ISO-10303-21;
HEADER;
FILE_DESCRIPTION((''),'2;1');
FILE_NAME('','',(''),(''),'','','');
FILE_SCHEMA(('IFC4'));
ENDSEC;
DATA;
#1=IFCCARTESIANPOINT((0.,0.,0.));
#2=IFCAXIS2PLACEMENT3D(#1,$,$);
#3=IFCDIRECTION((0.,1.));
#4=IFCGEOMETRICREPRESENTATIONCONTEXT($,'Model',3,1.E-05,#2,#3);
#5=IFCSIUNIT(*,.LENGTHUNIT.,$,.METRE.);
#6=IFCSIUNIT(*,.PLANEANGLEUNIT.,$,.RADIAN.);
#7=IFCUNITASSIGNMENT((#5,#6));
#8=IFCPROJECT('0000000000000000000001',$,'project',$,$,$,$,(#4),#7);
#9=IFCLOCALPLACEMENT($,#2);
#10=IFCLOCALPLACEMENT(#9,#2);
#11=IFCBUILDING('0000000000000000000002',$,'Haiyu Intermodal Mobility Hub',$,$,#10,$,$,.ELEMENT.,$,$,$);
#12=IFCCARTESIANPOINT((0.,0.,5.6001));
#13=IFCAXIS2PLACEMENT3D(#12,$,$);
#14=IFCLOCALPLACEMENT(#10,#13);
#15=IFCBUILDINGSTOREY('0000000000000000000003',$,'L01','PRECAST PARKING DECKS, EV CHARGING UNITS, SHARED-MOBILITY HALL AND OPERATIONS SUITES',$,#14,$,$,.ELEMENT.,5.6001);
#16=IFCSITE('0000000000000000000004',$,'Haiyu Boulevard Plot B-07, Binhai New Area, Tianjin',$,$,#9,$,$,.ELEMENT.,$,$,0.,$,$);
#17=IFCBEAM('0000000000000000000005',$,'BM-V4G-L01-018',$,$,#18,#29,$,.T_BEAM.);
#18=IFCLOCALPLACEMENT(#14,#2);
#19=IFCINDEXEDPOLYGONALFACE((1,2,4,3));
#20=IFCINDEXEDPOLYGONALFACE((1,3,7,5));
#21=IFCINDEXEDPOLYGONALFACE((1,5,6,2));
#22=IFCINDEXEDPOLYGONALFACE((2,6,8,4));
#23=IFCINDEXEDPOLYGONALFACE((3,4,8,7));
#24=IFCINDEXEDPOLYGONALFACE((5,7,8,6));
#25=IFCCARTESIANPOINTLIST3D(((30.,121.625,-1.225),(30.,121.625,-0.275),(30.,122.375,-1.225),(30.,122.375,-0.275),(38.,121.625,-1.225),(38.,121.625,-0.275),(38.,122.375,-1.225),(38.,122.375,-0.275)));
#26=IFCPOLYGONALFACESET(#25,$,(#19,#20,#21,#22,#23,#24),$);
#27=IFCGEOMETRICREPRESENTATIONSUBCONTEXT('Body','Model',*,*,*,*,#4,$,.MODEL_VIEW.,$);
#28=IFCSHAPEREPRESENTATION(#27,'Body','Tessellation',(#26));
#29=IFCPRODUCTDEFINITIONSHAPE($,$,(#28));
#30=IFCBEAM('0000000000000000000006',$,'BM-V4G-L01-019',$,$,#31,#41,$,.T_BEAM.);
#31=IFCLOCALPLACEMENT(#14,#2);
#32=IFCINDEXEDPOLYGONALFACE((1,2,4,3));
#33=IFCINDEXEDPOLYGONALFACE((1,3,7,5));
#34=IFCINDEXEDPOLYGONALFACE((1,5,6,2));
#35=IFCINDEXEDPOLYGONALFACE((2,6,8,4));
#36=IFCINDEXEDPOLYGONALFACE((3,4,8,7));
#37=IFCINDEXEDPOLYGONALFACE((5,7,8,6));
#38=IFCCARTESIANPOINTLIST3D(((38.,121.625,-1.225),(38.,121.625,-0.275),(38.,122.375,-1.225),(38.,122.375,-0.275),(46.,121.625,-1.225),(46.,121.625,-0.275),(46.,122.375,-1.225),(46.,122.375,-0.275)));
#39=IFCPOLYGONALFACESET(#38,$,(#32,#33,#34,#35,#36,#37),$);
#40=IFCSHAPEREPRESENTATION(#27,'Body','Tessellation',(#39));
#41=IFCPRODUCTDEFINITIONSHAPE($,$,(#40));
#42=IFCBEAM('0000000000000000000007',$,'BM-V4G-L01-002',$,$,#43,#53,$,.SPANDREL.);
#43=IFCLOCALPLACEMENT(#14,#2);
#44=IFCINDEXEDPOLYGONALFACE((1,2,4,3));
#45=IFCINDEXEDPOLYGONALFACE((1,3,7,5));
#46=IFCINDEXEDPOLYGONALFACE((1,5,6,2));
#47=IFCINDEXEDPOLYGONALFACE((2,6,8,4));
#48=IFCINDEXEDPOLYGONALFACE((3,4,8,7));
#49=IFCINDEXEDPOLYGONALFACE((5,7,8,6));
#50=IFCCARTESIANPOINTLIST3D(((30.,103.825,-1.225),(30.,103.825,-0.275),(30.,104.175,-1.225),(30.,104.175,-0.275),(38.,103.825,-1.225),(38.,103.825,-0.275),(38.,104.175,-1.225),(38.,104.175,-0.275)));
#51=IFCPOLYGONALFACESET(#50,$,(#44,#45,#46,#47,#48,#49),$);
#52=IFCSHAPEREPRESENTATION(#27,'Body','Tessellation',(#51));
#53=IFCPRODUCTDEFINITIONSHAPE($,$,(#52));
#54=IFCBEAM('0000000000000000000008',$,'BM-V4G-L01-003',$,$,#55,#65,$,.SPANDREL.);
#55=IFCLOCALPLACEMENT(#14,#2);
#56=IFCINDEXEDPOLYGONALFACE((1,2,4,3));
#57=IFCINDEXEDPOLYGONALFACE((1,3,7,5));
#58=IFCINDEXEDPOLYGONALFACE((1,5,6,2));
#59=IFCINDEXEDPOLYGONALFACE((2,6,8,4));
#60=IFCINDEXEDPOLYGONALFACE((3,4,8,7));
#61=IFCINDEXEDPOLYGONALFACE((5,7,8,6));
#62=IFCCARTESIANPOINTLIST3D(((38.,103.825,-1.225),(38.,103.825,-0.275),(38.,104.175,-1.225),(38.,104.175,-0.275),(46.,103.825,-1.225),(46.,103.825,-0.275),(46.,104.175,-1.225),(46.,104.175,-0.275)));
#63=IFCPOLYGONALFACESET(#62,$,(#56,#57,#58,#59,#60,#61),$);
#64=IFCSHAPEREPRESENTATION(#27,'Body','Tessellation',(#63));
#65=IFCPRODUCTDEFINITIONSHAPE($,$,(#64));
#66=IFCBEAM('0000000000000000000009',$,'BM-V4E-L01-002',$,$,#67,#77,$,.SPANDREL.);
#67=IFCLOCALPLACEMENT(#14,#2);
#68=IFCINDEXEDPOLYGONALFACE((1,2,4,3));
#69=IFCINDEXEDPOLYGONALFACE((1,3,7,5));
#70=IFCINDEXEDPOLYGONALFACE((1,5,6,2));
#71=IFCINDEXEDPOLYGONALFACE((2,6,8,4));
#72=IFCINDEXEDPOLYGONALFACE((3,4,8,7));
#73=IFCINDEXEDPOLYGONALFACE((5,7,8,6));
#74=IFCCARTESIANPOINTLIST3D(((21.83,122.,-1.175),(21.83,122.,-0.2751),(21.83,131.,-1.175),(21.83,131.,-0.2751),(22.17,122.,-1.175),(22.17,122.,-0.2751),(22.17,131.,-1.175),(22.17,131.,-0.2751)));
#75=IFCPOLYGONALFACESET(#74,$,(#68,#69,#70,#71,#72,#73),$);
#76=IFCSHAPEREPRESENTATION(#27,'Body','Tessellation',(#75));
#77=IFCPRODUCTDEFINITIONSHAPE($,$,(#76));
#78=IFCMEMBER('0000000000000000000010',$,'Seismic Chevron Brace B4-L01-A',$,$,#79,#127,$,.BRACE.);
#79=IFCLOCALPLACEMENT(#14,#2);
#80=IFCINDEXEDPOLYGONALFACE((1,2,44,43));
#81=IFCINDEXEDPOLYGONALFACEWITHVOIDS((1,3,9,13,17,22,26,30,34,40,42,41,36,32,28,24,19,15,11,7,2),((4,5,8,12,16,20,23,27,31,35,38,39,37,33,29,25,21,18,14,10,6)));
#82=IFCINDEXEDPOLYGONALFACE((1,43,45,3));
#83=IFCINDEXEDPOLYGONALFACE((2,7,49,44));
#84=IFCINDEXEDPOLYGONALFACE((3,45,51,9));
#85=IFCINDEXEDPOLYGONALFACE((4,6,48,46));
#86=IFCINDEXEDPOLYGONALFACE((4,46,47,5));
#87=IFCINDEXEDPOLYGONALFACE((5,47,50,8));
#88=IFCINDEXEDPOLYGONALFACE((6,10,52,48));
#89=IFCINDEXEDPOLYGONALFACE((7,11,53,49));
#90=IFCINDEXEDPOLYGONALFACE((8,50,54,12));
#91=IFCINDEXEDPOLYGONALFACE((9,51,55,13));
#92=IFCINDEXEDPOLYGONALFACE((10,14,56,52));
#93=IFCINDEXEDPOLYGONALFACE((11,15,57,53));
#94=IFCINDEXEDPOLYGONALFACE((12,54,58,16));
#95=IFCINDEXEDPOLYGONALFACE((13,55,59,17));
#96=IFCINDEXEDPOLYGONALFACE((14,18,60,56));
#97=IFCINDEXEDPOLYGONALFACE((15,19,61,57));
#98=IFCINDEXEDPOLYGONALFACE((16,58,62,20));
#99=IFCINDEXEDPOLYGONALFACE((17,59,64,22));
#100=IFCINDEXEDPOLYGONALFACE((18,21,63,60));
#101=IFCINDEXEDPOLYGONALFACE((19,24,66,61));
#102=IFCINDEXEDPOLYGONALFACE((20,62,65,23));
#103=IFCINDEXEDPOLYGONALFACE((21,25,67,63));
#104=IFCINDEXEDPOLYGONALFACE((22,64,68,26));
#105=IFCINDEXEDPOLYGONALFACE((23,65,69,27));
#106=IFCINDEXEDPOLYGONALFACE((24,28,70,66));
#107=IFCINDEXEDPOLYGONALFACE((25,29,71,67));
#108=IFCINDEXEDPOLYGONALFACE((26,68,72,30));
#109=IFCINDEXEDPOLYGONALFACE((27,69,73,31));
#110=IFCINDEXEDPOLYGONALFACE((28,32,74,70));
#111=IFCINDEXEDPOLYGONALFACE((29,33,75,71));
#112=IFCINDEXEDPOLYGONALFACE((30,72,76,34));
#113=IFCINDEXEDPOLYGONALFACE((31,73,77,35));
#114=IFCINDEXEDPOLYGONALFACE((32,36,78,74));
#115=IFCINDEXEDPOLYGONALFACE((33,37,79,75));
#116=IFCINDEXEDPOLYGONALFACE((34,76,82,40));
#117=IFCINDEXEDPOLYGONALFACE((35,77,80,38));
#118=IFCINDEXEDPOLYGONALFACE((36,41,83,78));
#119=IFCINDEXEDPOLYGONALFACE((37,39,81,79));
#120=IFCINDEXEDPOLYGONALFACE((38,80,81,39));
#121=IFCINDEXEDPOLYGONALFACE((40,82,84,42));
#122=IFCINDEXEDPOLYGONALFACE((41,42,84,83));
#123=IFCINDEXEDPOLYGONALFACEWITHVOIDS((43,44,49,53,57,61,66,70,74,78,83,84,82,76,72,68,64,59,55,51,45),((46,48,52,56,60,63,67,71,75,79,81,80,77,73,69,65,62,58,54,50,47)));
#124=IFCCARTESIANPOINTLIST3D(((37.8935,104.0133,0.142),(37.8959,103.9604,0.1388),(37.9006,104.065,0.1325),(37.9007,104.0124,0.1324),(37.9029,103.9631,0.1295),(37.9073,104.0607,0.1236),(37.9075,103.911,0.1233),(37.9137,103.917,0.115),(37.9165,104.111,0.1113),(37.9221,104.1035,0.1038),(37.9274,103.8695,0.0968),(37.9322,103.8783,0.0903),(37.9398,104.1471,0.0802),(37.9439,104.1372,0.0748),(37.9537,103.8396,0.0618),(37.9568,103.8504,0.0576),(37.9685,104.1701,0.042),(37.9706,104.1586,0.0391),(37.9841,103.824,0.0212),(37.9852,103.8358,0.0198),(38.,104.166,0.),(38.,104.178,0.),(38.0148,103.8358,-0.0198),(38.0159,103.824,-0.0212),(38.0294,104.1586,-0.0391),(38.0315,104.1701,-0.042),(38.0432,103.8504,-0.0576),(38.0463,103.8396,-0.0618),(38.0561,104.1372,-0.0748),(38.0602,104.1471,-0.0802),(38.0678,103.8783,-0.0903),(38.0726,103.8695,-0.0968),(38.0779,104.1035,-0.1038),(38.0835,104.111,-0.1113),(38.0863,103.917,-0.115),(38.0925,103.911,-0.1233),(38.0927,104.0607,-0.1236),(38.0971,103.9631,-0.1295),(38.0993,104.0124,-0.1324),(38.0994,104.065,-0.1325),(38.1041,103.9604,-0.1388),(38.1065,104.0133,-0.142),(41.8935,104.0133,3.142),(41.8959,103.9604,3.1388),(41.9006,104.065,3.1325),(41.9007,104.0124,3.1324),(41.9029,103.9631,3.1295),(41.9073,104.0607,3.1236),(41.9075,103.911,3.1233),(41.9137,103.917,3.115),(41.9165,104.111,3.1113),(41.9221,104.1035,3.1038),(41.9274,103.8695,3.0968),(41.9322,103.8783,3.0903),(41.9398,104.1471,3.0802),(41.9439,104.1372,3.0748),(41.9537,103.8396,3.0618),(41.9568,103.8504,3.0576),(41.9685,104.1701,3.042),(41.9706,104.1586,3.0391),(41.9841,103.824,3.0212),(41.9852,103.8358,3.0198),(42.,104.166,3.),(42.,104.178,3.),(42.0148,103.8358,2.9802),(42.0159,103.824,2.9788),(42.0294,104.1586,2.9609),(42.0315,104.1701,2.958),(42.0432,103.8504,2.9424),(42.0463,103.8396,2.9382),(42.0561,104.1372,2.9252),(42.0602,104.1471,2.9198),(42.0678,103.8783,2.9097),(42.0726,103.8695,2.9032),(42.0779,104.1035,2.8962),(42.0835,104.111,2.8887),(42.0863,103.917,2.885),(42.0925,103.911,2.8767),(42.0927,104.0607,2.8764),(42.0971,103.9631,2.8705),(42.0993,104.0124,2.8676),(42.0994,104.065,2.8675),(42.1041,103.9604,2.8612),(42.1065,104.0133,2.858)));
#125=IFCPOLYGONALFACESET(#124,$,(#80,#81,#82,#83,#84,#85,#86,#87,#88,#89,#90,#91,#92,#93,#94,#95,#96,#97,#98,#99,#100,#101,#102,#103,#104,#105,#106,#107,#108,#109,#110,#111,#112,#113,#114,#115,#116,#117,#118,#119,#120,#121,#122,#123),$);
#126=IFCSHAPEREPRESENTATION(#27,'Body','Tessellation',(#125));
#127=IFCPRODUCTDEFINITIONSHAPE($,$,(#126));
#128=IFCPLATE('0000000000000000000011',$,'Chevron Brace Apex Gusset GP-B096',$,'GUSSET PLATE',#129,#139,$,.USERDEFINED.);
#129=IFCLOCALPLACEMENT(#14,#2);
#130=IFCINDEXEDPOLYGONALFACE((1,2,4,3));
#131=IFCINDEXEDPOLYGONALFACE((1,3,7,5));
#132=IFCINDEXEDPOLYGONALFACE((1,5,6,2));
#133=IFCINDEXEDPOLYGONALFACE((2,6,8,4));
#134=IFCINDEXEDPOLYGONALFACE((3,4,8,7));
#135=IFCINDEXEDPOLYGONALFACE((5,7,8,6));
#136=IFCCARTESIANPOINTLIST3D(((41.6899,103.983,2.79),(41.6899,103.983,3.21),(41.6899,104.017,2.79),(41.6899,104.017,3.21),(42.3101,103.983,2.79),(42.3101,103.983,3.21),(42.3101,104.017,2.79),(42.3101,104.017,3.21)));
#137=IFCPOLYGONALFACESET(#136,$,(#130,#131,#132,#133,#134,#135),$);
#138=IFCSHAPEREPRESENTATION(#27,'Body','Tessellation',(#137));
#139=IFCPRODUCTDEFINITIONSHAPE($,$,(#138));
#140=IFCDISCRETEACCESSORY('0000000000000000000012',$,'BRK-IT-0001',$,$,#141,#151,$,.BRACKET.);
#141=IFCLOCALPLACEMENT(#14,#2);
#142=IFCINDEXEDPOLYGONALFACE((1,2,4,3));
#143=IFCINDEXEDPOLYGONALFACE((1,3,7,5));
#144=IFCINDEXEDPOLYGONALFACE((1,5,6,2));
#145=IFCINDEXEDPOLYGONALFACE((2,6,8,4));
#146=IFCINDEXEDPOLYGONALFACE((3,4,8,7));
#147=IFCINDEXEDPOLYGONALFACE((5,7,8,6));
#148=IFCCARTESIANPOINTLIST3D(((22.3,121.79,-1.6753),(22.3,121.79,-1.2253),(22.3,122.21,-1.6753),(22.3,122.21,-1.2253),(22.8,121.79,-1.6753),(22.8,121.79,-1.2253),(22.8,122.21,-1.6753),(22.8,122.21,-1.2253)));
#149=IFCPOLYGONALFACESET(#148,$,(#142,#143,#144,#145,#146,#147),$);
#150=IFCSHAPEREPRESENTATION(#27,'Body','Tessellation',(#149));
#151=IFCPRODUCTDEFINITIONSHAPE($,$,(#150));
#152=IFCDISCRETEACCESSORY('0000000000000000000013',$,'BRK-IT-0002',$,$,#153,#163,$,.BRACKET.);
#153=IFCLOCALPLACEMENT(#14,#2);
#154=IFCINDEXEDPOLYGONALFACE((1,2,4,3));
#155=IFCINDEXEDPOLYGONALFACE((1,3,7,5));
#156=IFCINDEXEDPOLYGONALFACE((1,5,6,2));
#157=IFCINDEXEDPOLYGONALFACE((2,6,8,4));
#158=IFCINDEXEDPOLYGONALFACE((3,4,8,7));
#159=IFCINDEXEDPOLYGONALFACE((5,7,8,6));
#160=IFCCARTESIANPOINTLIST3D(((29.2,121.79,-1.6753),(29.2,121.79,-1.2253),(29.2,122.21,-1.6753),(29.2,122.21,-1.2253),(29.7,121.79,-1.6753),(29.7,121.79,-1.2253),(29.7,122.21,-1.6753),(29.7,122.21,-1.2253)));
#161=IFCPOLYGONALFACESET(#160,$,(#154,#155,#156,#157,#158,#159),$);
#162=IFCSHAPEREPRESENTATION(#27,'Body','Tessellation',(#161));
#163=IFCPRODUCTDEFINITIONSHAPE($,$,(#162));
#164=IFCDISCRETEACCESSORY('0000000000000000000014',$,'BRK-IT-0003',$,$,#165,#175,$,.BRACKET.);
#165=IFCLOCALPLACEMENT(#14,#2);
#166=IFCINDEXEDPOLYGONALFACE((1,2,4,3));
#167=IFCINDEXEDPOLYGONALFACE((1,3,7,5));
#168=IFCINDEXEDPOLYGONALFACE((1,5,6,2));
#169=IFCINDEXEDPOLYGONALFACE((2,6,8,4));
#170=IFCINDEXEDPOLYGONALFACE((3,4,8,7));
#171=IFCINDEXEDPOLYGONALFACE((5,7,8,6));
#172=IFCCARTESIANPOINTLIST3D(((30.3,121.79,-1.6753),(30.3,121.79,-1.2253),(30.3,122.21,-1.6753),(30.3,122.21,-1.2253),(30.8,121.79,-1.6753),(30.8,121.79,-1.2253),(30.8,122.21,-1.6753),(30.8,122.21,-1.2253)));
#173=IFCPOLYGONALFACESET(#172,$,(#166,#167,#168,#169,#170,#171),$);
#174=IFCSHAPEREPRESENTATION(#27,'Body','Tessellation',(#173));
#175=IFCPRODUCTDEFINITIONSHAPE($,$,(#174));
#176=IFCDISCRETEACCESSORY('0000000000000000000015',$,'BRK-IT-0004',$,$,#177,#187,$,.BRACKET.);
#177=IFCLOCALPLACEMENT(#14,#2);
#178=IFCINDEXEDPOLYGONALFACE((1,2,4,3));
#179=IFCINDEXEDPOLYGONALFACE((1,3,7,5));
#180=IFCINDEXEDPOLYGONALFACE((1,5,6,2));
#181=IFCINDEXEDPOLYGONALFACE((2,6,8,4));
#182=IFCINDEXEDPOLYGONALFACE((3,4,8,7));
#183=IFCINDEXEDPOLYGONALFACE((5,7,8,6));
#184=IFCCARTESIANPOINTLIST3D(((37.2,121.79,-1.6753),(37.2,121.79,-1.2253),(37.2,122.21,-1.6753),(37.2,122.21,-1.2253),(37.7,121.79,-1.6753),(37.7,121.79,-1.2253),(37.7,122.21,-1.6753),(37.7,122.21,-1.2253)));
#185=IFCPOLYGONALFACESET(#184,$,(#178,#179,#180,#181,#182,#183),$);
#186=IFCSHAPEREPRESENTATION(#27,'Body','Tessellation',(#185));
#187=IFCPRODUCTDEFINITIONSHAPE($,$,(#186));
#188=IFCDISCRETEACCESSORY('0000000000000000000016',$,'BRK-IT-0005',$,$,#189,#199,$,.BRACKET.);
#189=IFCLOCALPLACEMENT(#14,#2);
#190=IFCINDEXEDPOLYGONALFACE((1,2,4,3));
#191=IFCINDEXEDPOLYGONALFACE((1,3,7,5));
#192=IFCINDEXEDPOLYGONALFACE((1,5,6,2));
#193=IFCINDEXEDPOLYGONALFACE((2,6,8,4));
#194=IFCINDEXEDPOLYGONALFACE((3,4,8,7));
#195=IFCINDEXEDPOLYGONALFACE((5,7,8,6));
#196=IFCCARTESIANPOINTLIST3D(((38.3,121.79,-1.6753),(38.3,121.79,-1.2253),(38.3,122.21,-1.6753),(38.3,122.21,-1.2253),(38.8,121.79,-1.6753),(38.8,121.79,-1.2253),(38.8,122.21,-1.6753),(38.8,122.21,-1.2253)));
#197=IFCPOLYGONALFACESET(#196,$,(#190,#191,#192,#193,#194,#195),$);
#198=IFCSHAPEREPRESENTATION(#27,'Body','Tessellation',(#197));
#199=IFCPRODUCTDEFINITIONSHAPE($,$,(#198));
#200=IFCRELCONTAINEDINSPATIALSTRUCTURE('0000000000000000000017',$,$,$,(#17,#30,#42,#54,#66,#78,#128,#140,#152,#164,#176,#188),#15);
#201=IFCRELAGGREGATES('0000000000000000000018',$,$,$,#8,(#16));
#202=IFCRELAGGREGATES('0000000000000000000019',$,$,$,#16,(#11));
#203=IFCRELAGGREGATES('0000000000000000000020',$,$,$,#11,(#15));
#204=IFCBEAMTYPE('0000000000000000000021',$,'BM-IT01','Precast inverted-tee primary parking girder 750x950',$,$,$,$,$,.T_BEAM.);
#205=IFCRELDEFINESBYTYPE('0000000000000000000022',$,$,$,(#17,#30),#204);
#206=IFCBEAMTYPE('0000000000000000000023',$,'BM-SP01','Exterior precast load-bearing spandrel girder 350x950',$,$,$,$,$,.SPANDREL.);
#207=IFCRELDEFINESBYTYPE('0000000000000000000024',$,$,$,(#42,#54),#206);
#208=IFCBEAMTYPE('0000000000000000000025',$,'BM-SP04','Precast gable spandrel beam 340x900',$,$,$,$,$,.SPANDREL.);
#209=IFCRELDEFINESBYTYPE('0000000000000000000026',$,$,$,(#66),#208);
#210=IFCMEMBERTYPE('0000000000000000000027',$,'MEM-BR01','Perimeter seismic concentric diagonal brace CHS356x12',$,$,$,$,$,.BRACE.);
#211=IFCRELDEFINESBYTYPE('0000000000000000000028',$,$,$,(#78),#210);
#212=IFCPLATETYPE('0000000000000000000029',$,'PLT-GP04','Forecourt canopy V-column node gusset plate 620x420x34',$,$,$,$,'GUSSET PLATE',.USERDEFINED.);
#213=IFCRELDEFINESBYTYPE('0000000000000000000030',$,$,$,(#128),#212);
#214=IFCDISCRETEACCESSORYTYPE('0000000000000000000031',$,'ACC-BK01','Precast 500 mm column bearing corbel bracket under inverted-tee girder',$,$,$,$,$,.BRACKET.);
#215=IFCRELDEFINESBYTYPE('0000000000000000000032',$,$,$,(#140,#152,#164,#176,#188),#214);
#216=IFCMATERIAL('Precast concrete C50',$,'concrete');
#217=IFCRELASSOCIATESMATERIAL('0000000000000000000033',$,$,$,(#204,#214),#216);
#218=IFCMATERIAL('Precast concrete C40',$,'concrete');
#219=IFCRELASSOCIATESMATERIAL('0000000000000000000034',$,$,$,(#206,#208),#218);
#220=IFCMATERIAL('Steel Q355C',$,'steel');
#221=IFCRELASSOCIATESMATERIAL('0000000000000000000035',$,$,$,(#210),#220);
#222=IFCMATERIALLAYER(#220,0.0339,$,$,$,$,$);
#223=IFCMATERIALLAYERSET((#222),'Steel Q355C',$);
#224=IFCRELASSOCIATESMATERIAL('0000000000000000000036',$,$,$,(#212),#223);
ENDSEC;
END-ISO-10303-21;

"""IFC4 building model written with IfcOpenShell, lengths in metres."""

from ifc_helpers import new_model, si_unit, direction, frame, origin, origin_2d, place, context, subcontext, project, spatial, rectangle, hollow_circle, extrude, material, layer, layer_set, material_profile, profile_set, type_object, element, save


model = new_model("IFC4")

# Units and contexts
model_context = context("Model", 3, precision=1e-05, world=origin(), true_north=direction((0.0, 1.0)))
body_context = subcontext(model_context, "Body", "Model", "MODEL_VIEW")
ifc_project = project(units=[si_unit("LENGTHUNIT", "METRE"), si_unit("PLANEANGLEUNIT", "RADIAN")], contexts=[model_context])

# Site, building, storey
site_placement = place(None, origin())
site = spatial("IfcSite", under=ifc_project, at=site_placement, Name="Haiyu Boulevard Plot B-07, Binhai New Area, Tianjin", CompositionType="ELEMENT", RefElevation=0.0)
building_placement = place(site_placement, origin())
building = spatial("IfcBuilding", under=site, at=building_placement, Name="Haiyu Intermodal Mobility Hub", CompositionType="ELEMENT")
storey_placement = place(building_placement, frame((0.0, 0.0, 5.6001)))
storey = spatial("IfcBuildingStorey", under=building, at=storey_placement, Name="L01", Description="PRECAST PARKING DECKS, EV CHARGING UNITS, SHARED-MOBILITY HALL AND OPERATIONS SUITES", CompositionType="ELEMENT", Elevation=5.6001)

# Shared definitions
ifc_material_1 = material(Name="Precast concrete C40", Category="concrete")

# Beams
ifc_material_2 = material(Name="Precast concrete C50", Category="concrete")
ifc_material_profile_1 = material_profile(ifc_material_2, rectangle(XDim=0.75, YDim=0.95, at=origin_2d()), Name="PC750x950")
ifc_profile_set_1 = profile_set([ifc_material_profile_1], Name="Precast concrete C50")
beam_type_1 = type_object("IfcBeamType", Name="BM-IT01", Description="Precast inverted-tee primary parking girder 750x950", PredefinedType="T_BEAM", material=ifc_profile_set_1)
for number, where, z_axis, x_axis, name in (
    (1, (30.0, 122.0, -0.75), (1.0, 0.0, 0.0), (0.0, 1.0, 0.0), "BM-V4G-L01-018"),
    (2, (38.0, 122.0, -0.75), (1.0, 0.0, 0.0), (0.0, 1.0, 0.0), "BM-V4G-L01-019"),
):
    element("IfcBeam", number, at=place(storey_placement, frame(where, z_axis=z_axis, x_axis=x_axis)), inside=storey, type_object=beam_type_1, Name=name, PredefinedType="T_BEAM", context=body_context, shape_type="SweptSolid", body=[
        extrude(rectangle(XDim=0.75, YDim=0.95, at=origin_2d()), origin(), (0.0, 0.0, 1.0), 8.0),
    ])
ifc_material_profile_2 = material_profile(ifc_material_1, rectangle(XDim=0.3501, YDim=0.95, at=origin_2d()), Name="PC350x950")
ifc_profile_set_2 = profile_set([ifc_material_profile_2], Name="Precast concrete C40")
beam_type_2 = type_object("IfcBeamType", Name="BM-SP01", Description="Exterior precast load-bearing spandrel girder 350x950", PredefinedType="SPANDREL", material=ifc_profile_set_2)
for number, where, z_axis, x_axis, name in (
    (3, (30.0, 104.0, -0.75), (1.0, 0.0, 0.0), (0.0, 1.0, 0.0), "BM-V4G-L01-002"),
    (4, (38.0, 104.0, -0.75), (1.0, 0.0, 0.0), (0.0, 1.0, 0.0), "BM-V4G-L01-003"),
):
    element("IfcBeam", number, at=place(storey_placement, frame(where, z_axis=z_axis, x_axis=x_axis)), inside=storey, type_object=beam_type_2, Name=name, PredefinedType="SPANDREL", context=body_context, shape_type="SweptSolid", body=[
        extrude(rectangle(XDim=0.3501, YDim=0.95, at=origin_2d()), origin(), (0.0, 0.0, 1.0), 8.0),
    ])
ifc_material_profile_3 = material_profile(ifc_material_1, rectangle(XDim=0.3401, YDim=0.8999, at=origin_2d()), Name="B340x900")
ifc_profile_set_3 = profile_set([ifc_material_profile_3], Name="Precast concrete C40")
beam_type_3 = type_object("IfcBeamType", Name="BM-SP04", Description="Precast gable spandrel beam 340x900", PredefinedType="SPANDREL", material=ifc_profile_set_3)
beam_1_placement = place(storey_placement, frame((22.0, 122.0, -0.7251), z_axis=(0.0, 1.0, 0.0), x_axis=(-1.0, 0.0, 0.0)))
element("IfcBeam", 5, at=beam_1_placement, inside=storey, type_object=beam_type_3, Name="BM-V4E-L01-002", PredefinedType="SPANDREL", context=body_context, shape_type="SweptSolid", body=[
    extrude(rectangle(XDim=0.3401, YDim=0.8999, at=origin_2d()), origin(), (0.0, 0.0, 1.0), 9.0),
])

# Member
ifc_material_3 = material(Name="Steel Q355C", Category="steel")
ifc_material_profile_4 = material_profile(ifc_material_3, hollow_circle(Radius=0.178, WallThickness=0.012, at=origin_2d()), Name="CHS356x12")
ifc_profile_set_4 = profile_set([ifc_material_profile_4], Name="Steel Q355C")
member_type = type_object("IfcMemberType", Name="MEM-BR01", Description="Perimeter seismic concentric diagonal brace CHS356x12", PredefinedType="BRACE", material=ifc_profile_set_4)
member_placement = place(storey_placement, frame((38.0, 104.0, 0.0), z_axis=(0.8, 0.0, 0.6), x_axis=(0.0, 1.0, 0.0)))
element("IfcMember", 6, at=member_placement, inside=storey, type_object=member_type, Name="Seismic Chevron Brace B4-L01-A", PredefinedType="BRACE", context=body_context, shape_type="SweptSolid", body=[
    extrude(hollow_circle(Radius=0.178, WallThickness=0.012, at=origin_2d()), origin(), (0.0, 0.0, 1.0), 5.0),
])

# Plate
ifc_layer = layer(ifc_material_3, 0.0339)
ifc_layer_set = layer_set([ifc_layer], Name="Steel Q355C")
plate_type = type_object("IfcPlateType", Name="PLT-GP04", Description="Forecourt canopy V-column node gusset plate 620x420x34", ElementType="GUSSET PLATE", PredefinedType="USERDEFINED", material=ifc_layer_set)
plate_placement = place(storey_placement, frame((42.0, 104.0, 2.79), z_axis=(0.0, 0.0, 1.0), x_axis=(1.0, 0.0, 0.0)))
element("IfcPlate", 7, at=plate_placement, inside=storey, type_object=plate_type, Name="Chevron Brace Apex Gusset GP-B096", ObjectType="GUSSET PLATE", PredefinedType="USERDEFINED", context=body_context, shape_type="SweptSolid", body=[
    extrude(rectangle(XDim=0.6201, YDim=0.0339, at=origin_2d()), origin(), (0.0, 0.0, 1.0), 0.4199),
])

# Discrete accessories
discrete_accessory_type_1 = type_object("IfcDiscreteAccessoryType", Name="ACC-BK01", Description="Precast 500 mm column bearing corbel bracket under inverted-tee girder", PredefinedType="BRACKET", material=ifc_material_2)
for number, where, z_axis, x_axis, name in (
    (8, (22.55, 122.0, -1.6753), (0.0, 0.0, 1.0), (1.0, 0.0, 0.0), "BRK-IT-0001"),
    (9, (29.45, 122.0, -1.6753), (0.0, 0.0, 1.0), (1.0, 0.0, 0.0), "BRK-IT-0002"),
    (10, (30.55, 122.0, -1.6753), (0.0, 0.0, 1.0), (1.0, 0.0, 0.0), "BRK-IT-0003"),
    (11, (37.45, 122.0, -1.6753), (0.0, 0.0, 1.0), (1.0, 0.0, 0.0), "BRK-IT-0004"),
    (12, (38.55, 122.0, -1.6753), (0.0, 0.0, 1.0), (1.0, 0.0, 0.0), "BRK-IT-0005"),
):
    element("IfcDiscreteAccessory", number, at=place(storey_placement, frame(where, z_axis=z_axis, x_axis=x_axis)), inside=storey, type_object=discrete_accessory_type_1, Name=name, PredefinedType="BRACKET", context=body_context, shape_type="SweptSolid", body=[
        extrude(rectangle(XDim=0.5, YDim=0.4199, at=origin_2d()), origin(), (0.0, 0.0, 1.0), 0.45),
    ])

save(model, "model.ifc")
